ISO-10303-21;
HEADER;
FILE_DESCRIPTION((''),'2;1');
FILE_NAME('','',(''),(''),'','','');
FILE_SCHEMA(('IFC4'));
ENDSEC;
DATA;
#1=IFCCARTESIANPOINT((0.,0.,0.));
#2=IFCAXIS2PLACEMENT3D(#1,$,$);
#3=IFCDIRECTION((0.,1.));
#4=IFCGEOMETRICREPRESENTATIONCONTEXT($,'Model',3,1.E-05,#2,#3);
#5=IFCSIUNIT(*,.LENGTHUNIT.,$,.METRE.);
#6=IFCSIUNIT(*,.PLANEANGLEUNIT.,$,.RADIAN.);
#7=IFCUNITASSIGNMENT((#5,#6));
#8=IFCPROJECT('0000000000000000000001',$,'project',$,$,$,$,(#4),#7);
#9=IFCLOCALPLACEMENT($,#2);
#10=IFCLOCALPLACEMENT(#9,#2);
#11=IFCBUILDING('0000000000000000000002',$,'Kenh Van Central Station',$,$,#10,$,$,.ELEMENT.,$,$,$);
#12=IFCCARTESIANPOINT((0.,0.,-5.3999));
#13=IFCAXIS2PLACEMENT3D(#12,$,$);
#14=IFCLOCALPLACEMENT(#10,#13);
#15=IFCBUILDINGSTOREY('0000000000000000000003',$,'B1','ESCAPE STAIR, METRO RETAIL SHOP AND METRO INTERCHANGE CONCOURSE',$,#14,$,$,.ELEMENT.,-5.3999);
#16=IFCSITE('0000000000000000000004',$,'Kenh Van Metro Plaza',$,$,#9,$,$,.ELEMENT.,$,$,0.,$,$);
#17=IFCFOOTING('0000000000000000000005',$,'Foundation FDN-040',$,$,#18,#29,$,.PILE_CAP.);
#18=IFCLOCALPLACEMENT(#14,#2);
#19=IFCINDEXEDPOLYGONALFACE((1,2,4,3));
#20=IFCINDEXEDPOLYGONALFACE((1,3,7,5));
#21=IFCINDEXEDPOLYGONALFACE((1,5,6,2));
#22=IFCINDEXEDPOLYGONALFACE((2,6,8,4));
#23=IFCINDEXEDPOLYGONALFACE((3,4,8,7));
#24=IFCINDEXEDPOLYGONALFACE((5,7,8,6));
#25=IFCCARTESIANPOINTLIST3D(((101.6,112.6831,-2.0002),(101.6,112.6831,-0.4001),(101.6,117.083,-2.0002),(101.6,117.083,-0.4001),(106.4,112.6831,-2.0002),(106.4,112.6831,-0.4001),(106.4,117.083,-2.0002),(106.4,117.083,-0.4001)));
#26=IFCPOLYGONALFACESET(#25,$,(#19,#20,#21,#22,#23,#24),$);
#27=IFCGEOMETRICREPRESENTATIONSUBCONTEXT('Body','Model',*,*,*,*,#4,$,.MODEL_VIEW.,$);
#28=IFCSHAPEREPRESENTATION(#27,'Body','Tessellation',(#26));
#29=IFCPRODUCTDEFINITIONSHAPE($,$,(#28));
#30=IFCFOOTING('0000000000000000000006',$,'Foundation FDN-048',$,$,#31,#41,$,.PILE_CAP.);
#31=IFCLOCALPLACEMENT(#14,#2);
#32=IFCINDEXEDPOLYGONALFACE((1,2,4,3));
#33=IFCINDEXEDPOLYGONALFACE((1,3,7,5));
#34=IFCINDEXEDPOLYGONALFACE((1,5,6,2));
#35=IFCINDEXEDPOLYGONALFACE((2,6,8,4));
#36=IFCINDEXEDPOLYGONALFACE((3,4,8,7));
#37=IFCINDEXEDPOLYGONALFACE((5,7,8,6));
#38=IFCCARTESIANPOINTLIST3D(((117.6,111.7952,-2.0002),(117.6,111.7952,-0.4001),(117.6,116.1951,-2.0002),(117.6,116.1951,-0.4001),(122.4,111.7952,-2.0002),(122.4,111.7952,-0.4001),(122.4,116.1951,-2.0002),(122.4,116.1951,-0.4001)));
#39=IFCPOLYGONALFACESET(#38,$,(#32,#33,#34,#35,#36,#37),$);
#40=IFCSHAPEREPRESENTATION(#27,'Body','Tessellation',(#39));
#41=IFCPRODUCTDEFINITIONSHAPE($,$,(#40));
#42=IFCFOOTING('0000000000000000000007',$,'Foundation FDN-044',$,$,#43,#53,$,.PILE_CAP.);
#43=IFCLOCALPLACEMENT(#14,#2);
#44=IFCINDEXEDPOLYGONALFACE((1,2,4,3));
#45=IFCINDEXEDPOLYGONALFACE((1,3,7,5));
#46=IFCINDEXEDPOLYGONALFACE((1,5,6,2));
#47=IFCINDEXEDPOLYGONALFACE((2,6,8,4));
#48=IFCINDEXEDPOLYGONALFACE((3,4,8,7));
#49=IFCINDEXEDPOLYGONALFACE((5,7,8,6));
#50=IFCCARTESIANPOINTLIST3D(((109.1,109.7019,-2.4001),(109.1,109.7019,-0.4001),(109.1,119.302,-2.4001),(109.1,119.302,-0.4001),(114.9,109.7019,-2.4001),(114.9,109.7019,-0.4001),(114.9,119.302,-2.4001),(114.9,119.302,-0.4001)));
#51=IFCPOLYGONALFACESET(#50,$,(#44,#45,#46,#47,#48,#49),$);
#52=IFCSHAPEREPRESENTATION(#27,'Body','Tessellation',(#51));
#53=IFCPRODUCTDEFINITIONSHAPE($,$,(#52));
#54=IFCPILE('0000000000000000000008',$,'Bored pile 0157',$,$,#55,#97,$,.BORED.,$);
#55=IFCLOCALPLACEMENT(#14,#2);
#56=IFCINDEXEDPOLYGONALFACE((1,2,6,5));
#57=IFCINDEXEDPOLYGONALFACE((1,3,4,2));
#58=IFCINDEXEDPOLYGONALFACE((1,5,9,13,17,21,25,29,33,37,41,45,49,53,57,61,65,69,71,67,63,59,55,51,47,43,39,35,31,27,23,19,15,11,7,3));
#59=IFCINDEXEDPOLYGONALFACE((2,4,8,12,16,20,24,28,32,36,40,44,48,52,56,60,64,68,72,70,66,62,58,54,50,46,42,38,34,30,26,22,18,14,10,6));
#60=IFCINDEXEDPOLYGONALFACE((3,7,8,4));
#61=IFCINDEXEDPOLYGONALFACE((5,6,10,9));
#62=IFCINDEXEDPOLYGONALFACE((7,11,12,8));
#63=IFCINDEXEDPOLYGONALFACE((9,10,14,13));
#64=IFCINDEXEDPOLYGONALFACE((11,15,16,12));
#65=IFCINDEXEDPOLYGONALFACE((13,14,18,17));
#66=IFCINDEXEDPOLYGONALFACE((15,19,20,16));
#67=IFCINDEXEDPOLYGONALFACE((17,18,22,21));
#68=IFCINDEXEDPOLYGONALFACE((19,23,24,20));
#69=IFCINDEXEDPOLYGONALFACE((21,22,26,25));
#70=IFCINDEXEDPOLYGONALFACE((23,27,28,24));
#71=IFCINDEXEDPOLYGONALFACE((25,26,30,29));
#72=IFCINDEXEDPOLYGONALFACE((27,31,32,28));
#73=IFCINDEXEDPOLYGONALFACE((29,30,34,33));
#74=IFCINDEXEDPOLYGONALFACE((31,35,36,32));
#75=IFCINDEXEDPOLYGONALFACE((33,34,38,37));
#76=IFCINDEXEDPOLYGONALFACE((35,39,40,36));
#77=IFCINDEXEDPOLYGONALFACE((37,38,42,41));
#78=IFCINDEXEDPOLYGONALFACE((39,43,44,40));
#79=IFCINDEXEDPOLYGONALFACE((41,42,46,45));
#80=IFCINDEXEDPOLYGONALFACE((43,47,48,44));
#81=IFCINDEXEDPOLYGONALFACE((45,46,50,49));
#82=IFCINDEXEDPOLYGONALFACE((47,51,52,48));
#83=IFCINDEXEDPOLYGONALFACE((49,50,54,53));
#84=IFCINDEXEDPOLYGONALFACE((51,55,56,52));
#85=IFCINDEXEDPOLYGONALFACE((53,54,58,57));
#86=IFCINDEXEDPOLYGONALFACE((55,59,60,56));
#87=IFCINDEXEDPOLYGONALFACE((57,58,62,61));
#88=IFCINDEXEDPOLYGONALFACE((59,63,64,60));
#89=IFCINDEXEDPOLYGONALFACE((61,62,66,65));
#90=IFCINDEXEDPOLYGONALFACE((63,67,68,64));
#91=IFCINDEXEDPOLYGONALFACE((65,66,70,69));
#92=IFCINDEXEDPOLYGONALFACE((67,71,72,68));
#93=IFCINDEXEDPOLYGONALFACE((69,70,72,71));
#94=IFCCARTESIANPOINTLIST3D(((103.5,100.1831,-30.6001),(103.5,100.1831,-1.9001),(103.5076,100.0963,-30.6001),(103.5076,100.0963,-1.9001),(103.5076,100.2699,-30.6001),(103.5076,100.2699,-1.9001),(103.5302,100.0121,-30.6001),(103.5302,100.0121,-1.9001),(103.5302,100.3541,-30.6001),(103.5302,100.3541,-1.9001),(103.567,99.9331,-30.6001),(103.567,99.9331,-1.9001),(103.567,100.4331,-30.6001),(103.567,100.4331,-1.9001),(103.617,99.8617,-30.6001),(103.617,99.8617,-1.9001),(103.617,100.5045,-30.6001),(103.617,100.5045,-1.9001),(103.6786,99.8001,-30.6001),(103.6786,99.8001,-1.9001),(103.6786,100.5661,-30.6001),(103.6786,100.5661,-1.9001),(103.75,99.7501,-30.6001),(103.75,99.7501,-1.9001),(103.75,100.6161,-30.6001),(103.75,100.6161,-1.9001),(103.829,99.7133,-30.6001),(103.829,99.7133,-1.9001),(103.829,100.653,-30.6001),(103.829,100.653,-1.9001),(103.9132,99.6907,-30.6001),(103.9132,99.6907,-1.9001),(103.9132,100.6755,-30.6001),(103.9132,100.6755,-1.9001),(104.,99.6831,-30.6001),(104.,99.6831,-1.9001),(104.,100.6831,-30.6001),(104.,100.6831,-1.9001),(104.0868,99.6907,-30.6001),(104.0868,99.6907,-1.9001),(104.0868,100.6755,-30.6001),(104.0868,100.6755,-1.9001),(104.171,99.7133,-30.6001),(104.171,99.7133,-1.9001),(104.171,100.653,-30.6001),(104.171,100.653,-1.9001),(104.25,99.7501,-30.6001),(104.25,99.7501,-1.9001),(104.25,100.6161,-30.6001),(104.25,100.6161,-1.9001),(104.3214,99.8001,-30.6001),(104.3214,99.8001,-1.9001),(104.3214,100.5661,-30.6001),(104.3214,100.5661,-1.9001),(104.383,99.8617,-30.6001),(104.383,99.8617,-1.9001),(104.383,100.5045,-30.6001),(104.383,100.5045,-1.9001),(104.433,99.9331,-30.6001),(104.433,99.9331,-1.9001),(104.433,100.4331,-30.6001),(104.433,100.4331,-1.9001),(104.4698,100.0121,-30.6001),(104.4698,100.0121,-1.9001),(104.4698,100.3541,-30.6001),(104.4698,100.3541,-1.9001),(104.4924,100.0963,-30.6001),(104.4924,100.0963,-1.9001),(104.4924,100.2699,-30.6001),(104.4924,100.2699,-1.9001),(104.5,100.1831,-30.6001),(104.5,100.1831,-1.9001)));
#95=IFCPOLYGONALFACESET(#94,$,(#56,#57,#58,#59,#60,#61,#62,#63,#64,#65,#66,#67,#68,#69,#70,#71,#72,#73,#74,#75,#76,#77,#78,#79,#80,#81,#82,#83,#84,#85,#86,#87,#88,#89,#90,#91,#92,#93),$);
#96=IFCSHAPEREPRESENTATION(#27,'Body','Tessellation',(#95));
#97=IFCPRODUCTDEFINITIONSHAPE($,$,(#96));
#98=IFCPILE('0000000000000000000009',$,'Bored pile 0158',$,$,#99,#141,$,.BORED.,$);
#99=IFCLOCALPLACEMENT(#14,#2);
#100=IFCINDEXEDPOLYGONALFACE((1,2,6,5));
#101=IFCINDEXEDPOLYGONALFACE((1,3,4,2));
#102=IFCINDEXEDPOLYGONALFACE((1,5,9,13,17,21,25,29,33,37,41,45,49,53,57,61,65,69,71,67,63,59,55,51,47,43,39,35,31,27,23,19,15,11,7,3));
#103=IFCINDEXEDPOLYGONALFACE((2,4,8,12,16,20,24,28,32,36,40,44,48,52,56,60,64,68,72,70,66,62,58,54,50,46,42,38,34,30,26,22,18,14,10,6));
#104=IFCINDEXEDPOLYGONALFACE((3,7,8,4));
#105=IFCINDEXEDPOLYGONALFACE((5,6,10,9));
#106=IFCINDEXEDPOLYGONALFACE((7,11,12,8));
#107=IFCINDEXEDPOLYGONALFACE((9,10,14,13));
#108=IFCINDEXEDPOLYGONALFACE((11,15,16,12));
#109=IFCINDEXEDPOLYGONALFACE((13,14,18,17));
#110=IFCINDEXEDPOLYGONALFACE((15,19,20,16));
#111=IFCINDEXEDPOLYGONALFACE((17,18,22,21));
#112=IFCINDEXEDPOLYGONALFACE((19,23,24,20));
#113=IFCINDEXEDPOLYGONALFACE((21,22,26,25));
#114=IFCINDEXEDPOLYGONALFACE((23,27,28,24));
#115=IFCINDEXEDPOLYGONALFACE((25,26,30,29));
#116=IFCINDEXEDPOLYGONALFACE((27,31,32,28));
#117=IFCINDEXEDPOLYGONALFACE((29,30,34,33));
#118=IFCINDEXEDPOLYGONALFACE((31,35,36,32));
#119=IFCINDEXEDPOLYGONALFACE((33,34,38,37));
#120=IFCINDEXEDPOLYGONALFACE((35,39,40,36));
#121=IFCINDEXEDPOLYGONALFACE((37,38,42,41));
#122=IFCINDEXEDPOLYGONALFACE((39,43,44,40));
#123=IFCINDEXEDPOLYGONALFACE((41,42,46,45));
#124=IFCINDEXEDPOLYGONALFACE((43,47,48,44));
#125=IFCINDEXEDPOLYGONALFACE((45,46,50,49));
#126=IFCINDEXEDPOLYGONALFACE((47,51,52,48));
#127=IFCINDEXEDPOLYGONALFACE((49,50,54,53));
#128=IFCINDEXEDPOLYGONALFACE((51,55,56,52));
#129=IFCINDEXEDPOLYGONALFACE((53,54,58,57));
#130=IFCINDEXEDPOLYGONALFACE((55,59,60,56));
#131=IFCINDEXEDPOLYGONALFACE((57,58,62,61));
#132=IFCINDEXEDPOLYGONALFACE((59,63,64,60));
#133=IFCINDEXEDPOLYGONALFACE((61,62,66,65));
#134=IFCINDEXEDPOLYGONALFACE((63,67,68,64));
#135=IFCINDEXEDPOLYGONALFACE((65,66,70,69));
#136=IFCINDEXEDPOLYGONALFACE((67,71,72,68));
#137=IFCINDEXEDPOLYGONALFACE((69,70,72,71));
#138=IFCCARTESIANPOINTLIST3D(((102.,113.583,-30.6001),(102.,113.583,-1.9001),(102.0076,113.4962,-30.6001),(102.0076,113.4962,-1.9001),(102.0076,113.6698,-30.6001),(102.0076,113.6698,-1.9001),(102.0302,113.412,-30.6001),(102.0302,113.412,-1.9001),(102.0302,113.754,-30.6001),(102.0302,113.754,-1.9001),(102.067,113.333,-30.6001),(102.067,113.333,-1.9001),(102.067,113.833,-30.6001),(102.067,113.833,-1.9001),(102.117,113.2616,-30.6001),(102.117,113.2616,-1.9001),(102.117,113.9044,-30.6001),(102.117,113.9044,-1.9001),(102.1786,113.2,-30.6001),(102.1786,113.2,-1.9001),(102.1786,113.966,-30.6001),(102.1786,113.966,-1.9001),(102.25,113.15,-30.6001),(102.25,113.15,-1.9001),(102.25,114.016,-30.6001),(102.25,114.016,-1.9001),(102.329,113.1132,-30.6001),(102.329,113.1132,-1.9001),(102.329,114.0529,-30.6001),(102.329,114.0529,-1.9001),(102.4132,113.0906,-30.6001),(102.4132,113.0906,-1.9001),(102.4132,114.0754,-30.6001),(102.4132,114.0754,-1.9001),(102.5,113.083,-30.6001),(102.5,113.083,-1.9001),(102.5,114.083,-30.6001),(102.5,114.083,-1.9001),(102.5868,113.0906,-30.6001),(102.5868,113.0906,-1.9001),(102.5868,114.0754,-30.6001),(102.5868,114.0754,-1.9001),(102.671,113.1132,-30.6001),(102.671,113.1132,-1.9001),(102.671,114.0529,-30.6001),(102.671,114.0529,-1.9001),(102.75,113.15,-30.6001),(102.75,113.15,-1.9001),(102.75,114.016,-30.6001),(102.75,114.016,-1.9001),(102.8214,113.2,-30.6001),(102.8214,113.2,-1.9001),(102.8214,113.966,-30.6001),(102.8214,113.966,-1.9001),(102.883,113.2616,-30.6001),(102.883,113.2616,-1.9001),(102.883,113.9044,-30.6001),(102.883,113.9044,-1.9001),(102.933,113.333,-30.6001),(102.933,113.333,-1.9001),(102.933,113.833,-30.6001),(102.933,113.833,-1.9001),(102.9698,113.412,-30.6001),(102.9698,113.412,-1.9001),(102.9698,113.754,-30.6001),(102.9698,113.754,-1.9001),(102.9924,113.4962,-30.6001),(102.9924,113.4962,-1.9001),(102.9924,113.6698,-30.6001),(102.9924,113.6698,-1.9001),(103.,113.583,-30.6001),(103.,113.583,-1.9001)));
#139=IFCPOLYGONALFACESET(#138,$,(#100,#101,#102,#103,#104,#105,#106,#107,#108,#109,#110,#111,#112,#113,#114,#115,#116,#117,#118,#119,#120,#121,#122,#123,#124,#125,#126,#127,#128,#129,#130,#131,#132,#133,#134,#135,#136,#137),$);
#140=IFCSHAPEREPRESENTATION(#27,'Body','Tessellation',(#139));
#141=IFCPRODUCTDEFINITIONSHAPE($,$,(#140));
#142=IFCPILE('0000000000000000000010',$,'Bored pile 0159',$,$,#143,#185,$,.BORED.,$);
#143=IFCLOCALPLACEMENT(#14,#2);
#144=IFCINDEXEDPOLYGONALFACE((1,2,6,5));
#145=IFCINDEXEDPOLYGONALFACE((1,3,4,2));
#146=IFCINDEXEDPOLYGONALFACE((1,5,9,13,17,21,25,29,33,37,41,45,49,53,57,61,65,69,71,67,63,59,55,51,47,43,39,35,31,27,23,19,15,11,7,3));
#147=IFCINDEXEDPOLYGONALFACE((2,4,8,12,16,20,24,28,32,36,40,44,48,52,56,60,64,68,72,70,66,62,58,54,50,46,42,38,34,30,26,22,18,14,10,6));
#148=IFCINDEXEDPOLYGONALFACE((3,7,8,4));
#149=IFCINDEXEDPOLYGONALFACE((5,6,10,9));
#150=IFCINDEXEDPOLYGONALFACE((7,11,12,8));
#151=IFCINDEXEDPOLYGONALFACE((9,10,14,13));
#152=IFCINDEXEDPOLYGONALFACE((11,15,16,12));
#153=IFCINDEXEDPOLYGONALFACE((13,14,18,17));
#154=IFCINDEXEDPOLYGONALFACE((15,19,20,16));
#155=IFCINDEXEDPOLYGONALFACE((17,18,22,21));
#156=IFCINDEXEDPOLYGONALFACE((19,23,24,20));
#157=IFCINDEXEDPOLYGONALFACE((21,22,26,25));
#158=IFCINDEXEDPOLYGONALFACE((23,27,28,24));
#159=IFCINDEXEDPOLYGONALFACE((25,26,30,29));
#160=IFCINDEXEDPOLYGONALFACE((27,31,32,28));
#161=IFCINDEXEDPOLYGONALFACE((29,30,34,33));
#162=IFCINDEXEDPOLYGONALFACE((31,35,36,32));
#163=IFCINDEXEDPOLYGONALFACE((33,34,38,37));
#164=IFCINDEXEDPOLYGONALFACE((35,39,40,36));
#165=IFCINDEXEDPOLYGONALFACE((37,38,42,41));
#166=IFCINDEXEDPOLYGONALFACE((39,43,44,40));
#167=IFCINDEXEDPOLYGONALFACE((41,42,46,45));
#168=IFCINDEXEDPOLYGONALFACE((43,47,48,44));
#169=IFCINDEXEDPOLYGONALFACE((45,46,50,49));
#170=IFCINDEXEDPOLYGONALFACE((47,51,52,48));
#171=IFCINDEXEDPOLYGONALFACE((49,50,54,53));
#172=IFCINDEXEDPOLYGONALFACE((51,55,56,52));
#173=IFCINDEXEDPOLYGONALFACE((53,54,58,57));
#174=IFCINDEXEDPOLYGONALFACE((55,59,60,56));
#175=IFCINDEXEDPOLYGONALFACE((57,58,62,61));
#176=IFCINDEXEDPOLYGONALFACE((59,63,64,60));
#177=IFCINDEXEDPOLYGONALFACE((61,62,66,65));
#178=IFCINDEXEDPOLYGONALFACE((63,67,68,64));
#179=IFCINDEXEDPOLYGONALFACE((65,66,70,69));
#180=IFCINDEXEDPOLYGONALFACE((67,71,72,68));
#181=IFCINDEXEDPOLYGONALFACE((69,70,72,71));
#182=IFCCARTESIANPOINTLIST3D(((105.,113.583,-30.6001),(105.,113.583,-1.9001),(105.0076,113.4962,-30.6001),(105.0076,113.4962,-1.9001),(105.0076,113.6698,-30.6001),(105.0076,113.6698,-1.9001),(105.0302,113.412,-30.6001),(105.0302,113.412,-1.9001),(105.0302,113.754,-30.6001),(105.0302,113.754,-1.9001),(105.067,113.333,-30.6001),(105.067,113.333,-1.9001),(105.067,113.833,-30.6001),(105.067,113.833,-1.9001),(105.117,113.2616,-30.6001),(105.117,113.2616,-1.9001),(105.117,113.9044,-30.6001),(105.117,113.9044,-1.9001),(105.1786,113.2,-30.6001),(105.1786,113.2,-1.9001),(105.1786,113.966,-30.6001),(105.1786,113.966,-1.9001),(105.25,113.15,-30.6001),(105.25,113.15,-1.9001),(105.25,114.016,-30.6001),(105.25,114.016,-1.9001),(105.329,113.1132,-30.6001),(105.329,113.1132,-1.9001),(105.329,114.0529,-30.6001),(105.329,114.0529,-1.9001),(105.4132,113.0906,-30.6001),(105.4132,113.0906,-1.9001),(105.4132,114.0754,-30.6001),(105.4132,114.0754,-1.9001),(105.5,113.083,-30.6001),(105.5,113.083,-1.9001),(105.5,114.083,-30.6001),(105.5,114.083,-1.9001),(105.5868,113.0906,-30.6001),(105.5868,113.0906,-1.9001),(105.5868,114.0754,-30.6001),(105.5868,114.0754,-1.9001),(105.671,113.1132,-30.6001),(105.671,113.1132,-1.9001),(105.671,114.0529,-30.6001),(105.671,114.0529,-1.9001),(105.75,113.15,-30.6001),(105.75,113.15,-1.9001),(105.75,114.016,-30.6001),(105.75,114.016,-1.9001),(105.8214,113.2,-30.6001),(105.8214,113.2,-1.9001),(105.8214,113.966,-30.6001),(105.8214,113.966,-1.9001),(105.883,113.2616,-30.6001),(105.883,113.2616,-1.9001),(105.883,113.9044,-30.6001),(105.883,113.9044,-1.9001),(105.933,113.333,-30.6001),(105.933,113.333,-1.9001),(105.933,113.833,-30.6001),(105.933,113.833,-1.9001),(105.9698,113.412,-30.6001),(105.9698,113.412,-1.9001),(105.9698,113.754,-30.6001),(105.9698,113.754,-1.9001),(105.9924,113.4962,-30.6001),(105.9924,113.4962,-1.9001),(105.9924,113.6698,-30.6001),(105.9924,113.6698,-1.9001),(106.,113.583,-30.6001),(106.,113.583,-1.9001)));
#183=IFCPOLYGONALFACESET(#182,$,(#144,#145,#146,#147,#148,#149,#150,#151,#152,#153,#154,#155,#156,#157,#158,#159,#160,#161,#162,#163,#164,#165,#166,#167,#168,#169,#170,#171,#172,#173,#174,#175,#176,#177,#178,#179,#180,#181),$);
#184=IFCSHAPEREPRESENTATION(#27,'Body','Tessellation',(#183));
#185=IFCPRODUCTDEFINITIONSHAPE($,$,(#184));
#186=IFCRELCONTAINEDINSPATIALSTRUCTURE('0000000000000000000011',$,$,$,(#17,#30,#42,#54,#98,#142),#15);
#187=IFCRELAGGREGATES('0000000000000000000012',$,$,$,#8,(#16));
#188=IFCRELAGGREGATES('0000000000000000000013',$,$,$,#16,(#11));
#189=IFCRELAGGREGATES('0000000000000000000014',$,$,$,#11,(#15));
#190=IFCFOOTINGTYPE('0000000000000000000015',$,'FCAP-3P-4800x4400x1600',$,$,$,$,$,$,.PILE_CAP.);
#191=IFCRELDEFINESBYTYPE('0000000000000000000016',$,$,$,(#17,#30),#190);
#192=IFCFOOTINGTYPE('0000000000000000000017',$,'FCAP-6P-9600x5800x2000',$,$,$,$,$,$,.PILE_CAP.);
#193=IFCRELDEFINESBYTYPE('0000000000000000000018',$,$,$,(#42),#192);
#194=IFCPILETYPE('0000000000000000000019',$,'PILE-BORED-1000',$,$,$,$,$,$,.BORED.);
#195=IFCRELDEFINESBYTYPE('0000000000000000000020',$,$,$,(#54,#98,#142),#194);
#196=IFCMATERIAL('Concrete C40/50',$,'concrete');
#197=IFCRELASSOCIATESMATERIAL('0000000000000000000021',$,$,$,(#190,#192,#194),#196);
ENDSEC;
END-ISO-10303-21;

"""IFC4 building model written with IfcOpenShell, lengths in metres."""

from ifc_helpers import new_model, si_unit, direction, frame, origin, origin_2d, place, context, subcontext, project, spatial, rectangle, circle, extrude, material, material_profile, profile_set, type_object, element, save


model = new_model("IFC4")

# Units and contexts
model_context = context("Model", 3, precision=1e-05, world=origin(), true_north=direction((0.0, 1.0)))
body_context = subcontext(model_context, "Body", "Model", "MODEL_VIEW")
ifc_project = project(units=[si_unit("LENGTHUNIT", "METRE"), si_unit("PLANEANGLEUNIT", "RADIAN")], contexts=[model_context])

# Site, building, storey
site_placement = place(None, origin())
site = spatial("IfcSite", under=ifc_project, at=site_placement, Name="Kenh Van Metro Plaza", CompositionType="ELEMENT", RefElevation=0.0)
building_placement = place(site_placement, origin())
building = spatial("IfcBuilding", under=site, at=building_placement, Name="Kenh Van Central Station", CompositionType="ELEMENT")
storey_placement = place(building_placement, frame((0.0, 0.0, -5.3999)))
storey = spatial("IfcBuildingStorey", under=building, at=storey_placement, Name="B1", Description="ESCAPE STAIR, METRO RETAIL SHOP AND METRO INTERCHANGE CONCOURSE", CompositionType="ELEMENT", Elevation=-5.3999)

# Footings
ifc_material = material(Name="Concrete C40/50", Category="concrete")
footing_type_1 = type_object("IfcFootingType", Name="FCAP-3P-4800x4400x1600", PredefinedType="PILE_CAP", material=ifc_material)
for number, where, z_axis, x_axis, name in (
    (1, (104.0, 114.8831, -2.0002), (0.0, 0.0, 1.0), (1.0, 0.0, 0.0), "Foundation FDN-040"),
    (2, (120.0, 113.9951, -2.0002), (0.0, 0.0, 1.0), (1.0, 0.0, 0.0), "Foundation FDN-048"),
):
    element("IfcFooting", number, at=place(storey_placement, frame(where, z_axis=z_axis, x_axis=x_axis)), inside=storey, type_object=footing_type_1, Name=name, PredefinedType="PILE_CAP", context=body_context, shape_type="SweptSolid", body=[
        extrude(rectangle(XDim=4.8, YDim=4.3999, at=origin_2d()), origin(), (0.0, 0.0, 1.0), 1.6001),
    ])
footing_type_2 = type_object("IfcFootingType", Name="FCAP-6P-9600x5800x2000", PredefinedType="PILE_CAP", material=ifc_material)
footing_placement = place(storey_placement, frame((112.0, 114.502, -2.4001), z_axis=(0.0, 0.0, 1.0), x_axis=(0.0, 1.0, 0.0)))
element("IfcFooting", 3, at=footing_placement, inside=storey, type_object=footing_type_2, Name="Foundation FDN-044", PredefinedType="PILE_CAP", context=body_context, shape_type="SweptSolid", body=[
    extrude(rectangle(XDim=9.6001, YDim=5.8, at=origin_2d()), origin(), (0.0, 0.0, 1.0), 2.0),
])

# Piles
ifc_material_profile_1 = material_profile(ifc_material, circle(Radius=0.5, at=origin_2d()), Name="PILE D1000")
ifc_profile_set_1 = profile_set([ifc_material_profile_1], Name="Concrete C40/50")
pile_type_1 = type_object("IfcPileType", Name="PILE-BORED-1000", PredefinedType="BORED", material=ifc_profile_set_1)
for number, where, z_axis, x_axis, name in (
    (4, (104.0, 100.1831, -1.9001), (0.0, 0.0, -1.0), (1.0, 0.0, 0.0), "Bored pile 0157"),
    (5, (102.5, 113.583, -1.9001), (0.0, 0.0, -1.0), (1.0, 0.0, 0.0), "Bored pile 0158"),
    (6, (105.5, 113.583, -1.9001), (0.0, 0.0, -1.0), (1.0, 0.0, 0.0), "Bored pile 0159"),
):
    element("IfcPile", number, at=place(storey_placement, frame(where, z_axis=z_axis, x_axis=x_axis)), inside=storey, type_object=pile_type_1, Name=name, PredefinedType="BORED", context=body_context, shape_type="SweptSolid", body=[
        extrude(circle(Radius=0.5, at=origin_2d()), origin(), (0.0, 0.0, 1.0), 28.7),
    ])

save(model, "model.ifc")
